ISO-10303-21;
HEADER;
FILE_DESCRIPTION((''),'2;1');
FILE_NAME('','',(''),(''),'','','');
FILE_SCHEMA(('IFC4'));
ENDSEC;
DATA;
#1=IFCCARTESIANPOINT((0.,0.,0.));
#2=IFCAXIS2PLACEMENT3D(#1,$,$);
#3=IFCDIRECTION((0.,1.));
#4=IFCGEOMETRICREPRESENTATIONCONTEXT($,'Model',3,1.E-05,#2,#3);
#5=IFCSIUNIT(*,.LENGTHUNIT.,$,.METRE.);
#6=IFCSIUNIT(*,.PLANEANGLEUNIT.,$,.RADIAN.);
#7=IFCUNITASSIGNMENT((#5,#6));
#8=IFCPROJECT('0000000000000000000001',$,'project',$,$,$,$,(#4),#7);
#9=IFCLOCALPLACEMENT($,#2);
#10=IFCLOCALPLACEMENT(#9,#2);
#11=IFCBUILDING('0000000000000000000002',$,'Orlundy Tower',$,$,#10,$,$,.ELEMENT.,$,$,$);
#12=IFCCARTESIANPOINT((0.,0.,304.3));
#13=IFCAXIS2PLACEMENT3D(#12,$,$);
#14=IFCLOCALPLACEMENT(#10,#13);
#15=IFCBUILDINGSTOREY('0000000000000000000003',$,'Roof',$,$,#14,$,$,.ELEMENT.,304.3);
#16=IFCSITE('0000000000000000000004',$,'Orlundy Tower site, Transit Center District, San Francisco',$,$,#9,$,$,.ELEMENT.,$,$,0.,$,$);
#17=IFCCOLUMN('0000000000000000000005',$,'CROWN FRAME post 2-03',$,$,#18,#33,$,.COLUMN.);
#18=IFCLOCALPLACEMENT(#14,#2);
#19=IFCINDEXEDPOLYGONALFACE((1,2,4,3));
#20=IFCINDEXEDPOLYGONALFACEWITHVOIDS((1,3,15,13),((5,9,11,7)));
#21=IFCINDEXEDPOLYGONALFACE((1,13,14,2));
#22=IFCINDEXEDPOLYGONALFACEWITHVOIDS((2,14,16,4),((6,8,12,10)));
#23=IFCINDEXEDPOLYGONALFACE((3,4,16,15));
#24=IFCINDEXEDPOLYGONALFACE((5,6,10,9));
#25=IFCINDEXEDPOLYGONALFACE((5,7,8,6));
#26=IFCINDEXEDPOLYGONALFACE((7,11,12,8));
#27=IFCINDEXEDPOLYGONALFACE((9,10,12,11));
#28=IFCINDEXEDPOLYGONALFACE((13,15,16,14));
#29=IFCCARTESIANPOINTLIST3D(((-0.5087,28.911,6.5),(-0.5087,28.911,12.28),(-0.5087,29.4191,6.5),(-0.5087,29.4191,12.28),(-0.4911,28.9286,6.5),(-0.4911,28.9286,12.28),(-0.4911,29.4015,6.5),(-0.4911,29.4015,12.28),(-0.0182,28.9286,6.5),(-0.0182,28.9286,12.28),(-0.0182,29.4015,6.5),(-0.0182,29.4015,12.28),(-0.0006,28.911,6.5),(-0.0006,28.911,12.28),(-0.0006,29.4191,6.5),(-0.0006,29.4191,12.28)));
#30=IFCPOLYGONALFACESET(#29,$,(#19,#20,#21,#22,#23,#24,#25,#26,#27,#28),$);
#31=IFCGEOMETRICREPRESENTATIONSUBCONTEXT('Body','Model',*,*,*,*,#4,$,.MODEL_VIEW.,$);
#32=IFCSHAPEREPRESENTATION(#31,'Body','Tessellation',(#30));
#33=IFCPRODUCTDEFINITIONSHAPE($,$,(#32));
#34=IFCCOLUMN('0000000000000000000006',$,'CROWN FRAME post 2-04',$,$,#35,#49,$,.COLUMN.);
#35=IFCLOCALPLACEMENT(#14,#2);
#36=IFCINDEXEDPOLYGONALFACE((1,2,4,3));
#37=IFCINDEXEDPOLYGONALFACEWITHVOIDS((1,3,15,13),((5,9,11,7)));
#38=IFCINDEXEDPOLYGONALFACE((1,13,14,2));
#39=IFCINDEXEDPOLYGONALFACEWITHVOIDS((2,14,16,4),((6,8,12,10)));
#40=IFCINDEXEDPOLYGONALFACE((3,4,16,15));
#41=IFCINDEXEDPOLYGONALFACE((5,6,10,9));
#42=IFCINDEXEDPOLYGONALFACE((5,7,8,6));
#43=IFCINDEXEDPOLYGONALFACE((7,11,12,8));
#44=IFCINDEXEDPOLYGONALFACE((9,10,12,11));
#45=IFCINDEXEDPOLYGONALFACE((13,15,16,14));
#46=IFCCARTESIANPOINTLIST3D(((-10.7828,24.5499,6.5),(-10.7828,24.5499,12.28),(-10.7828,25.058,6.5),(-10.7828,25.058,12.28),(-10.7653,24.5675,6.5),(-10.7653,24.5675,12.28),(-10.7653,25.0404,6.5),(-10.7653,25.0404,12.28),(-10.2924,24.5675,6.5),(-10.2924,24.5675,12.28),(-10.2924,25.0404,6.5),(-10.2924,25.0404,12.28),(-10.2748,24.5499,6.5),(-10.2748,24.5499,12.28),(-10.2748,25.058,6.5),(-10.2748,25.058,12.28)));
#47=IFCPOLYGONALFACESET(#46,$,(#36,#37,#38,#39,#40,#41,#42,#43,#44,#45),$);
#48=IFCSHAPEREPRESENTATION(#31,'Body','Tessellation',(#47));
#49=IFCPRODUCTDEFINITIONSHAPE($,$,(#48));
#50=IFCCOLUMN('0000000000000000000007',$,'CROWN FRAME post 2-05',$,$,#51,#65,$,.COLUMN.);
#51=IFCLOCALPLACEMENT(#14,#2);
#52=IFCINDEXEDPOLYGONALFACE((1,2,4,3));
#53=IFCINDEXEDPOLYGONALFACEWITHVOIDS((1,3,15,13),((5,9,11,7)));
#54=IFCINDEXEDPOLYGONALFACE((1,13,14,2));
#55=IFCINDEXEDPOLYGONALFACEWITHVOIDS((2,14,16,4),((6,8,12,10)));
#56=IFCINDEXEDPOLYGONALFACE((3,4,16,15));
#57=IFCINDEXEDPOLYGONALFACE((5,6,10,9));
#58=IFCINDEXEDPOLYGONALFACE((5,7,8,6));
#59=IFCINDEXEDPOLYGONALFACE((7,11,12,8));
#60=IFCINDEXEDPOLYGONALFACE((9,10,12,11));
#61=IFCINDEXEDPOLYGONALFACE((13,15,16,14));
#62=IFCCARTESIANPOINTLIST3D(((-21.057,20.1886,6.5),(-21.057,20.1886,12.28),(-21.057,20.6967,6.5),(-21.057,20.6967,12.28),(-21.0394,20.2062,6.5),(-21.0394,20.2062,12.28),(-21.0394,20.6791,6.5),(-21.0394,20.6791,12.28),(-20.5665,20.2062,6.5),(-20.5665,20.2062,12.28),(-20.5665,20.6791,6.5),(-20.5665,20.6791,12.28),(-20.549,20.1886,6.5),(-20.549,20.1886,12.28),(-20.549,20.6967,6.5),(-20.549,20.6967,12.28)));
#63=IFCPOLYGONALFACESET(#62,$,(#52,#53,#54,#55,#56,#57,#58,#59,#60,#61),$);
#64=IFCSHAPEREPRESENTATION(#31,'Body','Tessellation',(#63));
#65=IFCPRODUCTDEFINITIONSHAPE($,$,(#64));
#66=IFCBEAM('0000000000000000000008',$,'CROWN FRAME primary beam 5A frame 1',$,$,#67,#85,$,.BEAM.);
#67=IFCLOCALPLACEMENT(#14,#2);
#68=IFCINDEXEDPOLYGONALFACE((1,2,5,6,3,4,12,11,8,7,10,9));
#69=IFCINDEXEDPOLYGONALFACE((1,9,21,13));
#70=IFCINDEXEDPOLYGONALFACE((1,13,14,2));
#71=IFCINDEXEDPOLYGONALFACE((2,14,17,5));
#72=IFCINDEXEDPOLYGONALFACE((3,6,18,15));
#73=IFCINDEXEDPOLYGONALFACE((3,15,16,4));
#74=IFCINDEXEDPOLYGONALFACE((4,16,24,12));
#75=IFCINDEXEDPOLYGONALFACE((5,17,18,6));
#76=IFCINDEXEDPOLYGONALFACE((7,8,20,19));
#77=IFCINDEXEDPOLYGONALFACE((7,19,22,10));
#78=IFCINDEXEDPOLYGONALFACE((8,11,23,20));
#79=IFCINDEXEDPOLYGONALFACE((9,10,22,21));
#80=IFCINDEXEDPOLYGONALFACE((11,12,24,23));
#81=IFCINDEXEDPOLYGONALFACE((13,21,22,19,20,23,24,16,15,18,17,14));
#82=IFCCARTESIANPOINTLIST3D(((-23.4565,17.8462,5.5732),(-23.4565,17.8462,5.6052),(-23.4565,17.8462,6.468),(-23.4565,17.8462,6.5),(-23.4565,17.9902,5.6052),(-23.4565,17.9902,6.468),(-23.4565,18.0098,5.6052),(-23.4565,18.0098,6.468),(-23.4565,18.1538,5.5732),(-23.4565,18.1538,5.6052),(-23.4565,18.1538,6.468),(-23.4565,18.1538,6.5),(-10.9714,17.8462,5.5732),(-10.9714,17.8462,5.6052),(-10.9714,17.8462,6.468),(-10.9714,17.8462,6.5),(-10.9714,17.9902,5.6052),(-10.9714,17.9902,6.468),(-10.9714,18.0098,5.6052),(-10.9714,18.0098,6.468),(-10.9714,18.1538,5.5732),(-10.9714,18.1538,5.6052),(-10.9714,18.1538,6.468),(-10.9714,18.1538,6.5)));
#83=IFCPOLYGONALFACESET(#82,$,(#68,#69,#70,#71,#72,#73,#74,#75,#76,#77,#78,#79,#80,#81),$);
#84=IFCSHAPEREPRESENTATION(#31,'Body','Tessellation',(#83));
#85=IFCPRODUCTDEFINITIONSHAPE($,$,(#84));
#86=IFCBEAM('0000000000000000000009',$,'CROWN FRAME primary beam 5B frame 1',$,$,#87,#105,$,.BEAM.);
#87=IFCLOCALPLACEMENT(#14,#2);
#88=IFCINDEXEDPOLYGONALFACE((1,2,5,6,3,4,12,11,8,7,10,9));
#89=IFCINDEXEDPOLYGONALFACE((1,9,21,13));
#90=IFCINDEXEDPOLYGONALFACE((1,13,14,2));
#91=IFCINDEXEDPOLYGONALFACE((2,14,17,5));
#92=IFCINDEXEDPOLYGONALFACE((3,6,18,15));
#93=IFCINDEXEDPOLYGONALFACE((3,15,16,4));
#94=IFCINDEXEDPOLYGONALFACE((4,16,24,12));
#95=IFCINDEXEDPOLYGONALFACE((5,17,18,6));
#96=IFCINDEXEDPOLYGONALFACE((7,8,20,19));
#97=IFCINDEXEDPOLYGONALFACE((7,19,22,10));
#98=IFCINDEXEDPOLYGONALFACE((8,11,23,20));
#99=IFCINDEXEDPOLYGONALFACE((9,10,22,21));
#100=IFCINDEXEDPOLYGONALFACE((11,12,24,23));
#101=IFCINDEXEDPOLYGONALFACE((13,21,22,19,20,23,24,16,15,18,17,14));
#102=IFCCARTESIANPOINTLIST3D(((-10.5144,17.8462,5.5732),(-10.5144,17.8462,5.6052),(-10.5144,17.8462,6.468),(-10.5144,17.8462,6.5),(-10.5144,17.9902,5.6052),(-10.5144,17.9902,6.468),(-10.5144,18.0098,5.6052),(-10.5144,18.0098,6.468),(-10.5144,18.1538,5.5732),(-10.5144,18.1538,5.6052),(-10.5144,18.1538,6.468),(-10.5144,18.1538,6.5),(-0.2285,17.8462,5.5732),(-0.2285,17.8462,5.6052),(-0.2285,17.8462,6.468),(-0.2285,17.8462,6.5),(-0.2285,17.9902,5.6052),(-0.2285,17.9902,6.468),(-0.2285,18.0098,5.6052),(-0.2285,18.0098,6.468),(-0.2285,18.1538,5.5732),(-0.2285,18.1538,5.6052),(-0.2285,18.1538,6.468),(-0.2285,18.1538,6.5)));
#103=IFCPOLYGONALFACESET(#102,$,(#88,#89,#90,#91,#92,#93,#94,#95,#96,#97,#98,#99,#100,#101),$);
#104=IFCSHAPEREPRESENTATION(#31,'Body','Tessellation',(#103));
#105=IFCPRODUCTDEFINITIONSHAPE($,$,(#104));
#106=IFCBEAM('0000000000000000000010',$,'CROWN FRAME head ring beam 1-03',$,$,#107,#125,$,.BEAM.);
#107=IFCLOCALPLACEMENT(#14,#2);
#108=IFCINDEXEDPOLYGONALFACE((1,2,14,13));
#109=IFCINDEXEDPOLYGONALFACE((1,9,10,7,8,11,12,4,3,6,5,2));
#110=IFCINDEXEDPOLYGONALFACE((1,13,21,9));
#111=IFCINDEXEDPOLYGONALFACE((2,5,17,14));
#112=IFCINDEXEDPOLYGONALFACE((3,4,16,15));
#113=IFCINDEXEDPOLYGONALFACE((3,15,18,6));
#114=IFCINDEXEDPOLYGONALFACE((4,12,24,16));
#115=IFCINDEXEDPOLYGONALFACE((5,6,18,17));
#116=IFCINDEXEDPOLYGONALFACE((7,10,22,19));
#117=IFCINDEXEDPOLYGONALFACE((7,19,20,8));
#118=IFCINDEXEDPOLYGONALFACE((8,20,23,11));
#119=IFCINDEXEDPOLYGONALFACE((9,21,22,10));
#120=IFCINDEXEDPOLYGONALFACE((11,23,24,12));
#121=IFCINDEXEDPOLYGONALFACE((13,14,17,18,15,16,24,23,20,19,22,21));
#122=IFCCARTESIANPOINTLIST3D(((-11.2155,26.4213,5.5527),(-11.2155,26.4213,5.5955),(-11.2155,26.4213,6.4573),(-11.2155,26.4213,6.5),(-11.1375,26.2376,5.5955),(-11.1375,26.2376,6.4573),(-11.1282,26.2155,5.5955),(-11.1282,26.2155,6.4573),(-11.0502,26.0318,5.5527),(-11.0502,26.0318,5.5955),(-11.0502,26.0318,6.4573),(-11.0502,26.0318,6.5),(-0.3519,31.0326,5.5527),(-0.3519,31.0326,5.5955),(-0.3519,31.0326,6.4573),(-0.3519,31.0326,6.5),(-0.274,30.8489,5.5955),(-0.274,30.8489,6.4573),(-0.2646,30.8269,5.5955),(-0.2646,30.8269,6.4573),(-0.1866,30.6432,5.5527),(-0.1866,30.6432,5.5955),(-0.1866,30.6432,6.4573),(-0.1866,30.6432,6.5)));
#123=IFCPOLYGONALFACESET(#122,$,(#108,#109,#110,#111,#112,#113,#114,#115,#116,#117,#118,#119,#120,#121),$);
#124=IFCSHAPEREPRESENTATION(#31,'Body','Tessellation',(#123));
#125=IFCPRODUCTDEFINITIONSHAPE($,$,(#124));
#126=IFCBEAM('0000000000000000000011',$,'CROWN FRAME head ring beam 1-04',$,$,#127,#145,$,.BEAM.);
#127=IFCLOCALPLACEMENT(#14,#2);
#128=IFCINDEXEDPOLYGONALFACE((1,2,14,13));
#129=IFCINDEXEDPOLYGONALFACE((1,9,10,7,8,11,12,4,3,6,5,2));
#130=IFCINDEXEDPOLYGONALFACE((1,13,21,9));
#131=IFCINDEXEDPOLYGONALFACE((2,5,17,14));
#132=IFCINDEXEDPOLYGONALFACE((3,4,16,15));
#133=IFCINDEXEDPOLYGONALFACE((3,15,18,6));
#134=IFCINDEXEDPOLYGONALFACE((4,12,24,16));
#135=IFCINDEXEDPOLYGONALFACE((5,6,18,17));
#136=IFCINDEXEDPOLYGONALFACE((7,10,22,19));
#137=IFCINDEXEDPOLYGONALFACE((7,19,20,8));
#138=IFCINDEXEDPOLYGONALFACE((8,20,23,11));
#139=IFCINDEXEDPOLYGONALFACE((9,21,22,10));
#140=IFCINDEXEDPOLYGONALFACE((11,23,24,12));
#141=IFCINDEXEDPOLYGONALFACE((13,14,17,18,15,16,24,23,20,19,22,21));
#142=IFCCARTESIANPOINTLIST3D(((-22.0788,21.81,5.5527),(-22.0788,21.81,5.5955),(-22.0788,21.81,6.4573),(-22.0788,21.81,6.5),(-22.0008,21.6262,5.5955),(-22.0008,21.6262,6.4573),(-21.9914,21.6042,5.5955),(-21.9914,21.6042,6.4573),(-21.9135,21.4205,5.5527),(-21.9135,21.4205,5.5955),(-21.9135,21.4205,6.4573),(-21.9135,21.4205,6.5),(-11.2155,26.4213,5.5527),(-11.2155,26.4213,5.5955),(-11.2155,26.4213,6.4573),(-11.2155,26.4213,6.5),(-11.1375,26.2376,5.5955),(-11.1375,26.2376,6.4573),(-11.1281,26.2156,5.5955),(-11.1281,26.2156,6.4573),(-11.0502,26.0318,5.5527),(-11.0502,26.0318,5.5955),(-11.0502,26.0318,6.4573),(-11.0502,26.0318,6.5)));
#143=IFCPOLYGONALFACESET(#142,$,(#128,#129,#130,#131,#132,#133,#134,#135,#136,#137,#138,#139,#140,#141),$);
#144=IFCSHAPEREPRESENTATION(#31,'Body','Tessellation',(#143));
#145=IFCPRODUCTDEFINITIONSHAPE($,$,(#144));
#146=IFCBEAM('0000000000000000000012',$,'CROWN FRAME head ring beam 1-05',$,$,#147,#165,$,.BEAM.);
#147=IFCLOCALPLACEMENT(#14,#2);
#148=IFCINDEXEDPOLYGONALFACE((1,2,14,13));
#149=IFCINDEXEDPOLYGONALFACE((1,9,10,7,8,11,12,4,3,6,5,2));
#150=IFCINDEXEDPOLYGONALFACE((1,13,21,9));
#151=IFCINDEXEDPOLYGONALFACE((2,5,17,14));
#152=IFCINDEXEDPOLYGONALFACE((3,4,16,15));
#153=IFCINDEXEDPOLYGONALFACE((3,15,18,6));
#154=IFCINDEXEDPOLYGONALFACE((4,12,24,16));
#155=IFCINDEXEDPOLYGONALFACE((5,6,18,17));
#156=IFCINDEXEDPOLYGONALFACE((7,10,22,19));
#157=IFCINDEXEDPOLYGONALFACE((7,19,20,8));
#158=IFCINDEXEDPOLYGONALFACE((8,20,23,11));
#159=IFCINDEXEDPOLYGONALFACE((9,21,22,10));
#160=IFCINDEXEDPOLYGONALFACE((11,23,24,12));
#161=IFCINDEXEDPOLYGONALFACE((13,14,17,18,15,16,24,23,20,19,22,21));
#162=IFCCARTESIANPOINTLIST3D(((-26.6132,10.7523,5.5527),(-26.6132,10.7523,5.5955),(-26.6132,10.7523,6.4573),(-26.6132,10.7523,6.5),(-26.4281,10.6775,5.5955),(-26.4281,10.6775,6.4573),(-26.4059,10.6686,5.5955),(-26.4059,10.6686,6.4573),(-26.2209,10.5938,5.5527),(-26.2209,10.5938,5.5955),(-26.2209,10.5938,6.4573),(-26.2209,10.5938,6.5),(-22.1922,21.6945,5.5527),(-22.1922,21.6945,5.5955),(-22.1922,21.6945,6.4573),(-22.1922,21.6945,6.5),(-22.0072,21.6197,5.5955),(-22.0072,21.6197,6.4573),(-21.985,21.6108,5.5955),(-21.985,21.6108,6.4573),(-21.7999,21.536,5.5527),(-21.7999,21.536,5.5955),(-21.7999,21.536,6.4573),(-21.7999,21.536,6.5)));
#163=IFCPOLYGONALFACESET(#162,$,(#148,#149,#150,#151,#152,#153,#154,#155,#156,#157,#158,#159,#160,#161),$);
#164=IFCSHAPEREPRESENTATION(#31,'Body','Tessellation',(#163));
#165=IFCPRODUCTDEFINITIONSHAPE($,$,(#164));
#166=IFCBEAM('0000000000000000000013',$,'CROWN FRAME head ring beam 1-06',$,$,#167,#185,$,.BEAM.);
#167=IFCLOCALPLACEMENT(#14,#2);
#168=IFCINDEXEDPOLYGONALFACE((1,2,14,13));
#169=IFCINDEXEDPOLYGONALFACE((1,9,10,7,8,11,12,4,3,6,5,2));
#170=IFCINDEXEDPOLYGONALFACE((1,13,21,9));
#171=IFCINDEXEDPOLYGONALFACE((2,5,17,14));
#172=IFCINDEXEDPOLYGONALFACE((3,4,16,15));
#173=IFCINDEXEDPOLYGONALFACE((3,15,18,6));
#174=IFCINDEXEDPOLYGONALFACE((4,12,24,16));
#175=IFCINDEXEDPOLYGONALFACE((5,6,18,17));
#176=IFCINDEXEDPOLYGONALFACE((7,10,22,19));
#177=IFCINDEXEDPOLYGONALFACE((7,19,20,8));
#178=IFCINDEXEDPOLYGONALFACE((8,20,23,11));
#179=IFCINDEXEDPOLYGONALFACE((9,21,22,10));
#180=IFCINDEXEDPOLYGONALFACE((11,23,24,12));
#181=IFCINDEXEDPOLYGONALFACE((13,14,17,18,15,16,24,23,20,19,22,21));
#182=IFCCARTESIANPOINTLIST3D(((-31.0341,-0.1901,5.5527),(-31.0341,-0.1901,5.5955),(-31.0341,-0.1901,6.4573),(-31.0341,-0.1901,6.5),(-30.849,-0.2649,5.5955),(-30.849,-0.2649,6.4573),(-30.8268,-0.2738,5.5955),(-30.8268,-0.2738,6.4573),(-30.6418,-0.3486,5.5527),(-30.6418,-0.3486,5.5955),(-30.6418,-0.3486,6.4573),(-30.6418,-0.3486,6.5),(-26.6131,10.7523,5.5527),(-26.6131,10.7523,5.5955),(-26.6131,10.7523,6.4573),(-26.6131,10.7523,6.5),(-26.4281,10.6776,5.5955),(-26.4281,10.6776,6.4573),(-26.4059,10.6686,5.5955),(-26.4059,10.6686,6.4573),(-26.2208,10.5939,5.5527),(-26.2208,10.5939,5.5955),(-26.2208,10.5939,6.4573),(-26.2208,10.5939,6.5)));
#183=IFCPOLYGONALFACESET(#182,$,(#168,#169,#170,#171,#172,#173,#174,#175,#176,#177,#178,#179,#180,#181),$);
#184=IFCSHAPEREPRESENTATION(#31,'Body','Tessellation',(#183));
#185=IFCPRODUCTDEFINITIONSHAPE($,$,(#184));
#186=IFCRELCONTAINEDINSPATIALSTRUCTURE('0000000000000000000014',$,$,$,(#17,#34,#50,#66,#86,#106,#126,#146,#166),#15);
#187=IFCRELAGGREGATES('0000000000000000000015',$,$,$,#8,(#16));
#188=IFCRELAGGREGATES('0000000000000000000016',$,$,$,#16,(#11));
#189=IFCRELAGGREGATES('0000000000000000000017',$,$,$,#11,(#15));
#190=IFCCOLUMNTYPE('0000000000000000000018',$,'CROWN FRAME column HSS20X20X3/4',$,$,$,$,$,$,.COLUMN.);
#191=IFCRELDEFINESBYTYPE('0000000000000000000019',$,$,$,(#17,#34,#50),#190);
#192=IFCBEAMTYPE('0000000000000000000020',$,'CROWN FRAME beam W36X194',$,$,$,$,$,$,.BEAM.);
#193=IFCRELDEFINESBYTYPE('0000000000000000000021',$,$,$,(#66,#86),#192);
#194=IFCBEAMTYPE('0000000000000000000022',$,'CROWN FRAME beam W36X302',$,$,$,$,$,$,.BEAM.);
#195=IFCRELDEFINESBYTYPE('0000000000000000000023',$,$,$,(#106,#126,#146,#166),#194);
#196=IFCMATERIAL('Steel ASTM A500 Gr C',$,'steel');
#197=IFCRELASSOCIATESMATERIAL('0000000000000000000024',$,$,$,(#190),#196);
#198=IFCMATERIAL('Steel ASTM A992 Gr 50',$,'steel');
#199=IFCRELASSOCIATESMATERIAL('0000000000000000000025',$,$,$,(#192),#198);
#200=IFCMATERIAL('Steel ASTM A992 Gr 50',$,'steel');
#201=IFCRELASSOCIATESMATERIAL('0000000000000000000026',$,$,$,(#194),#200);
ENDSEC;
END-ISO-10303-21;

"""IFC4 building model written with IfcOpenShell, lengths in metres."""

from ifc_helpers import new_model, si_unit, direction, frame, origin, origin_2d, place, context, subcontext, project, spatial, hollow_rectangle, i_section, extrude, material, material_profile, profile_set, type_object, element, save


model = new_model("IFC4")

# Units and contexts
model_context = context("Model", 3, precision=1e-05, world=origin(), true_north=direction((0.0, 1.0)))
body_context = subcontext(model_context, "Body", "Model", "MODEL_VIEW")
ifc_project = project(units=[si_unit("LENGTHUNIT", "METRE"), si_unit("PLANEANGLEUNIT", "RADIAN")], contexts=[model_context])

# Site, building, storey
site_placement = place(None, origin())
site = spatial("IfcSite", under=ifc_project, at=site_placement, Name="Orlundy Tower site, Transit Center District, San Francisco", CompositionType="ELEMENT", RefElevation=0.0)
building_placement = place(site_placement, origin())
building = spatial("IfcBuilding", under=site, at=building_placement, Name="Orlundy Tower", CompositionType="ELEMENT")
storey_placement = place(building_placement, frame((0.0, 0.0, 304.3)))
storey = spatial("IfcBuildingStorey", under=building, at=storey_placement, Name="Roof", CompositionType="ELEMENT", Elevation=304.3)

# Columns
ifc_material_1 = material(Name="Steel ASTM A500 Gr C", Category="steel")
ifc_material_profile_1 = material_profile(ifc_material_1, hollow_rectangle(XDim=0.5081, YDim=0.5081, WallThickness=0.0176, at=origin_2d()), Name="HSS20X20X3/4")
ifc_profile_set_1 = profile_set([ifc_material_profile_1], Name="Steel ASTM A500 Gr C")
column_type = type_object("IfcColumnType", Name="CROWN FRAME column HSS20X20X3/4", PredefinedType="COLUMN", material=ifc_profile_set_1)
for number, where, z_axis, x_axis, name in (
    (1, (-0.2546, 29.165, 6.5), (0.0, 0.0, 1.0), (1.0, 0.0, 0.0), "CROWN FRAME post 2-03"),
    (2, (-10.5288, 24.804, 6.5), (0.0, 0.0, 1.0), (1.0, 0.0, 0.0), "CROWN FRAME post 2-04"),
    (3, (-20.803, 20.4426, 6.5), (0.0, 0.0, 1.0), (1.0, 0.0, 0.0), "CROWN FRAME post 2-05"),
):
    element("IfcColumn", number, at=place(storey_placement, frame(where, z_axis=z_axis, x_axis=x_axis)), inside=storey, type_object=column_type, Name=name, PredefinedType="COLUMN", context=body_context, shape_type="SweptSolid", body=[
        extrude(hollow_rectangle(XDim=0.5081, YDim=0.5081, WallThickness=0.0176, at=origin_2d()), origin(), (0.0, 0.0, 1.0), 5.78),
    ])

# Beams
ifc_material_2 = material(Name="Steel ASTM A992 Gr 50", Category="steel")
ifc_material_profile_2 = material_profile(ifc_material_2, i_section(OverallWidth=0.3076, OverallDepth=0.9268, WebThickness=0.0195, FlangeThickness=0.032, at=origin_2d()), Name="W36X194")
ifc_profile_set_2 = profile_set([ifc_material_profile_2], Name="Steel ASTM A992 Gr 50")
beam_type_1 = type_object("IfcBeamType", Name="CROWN FRAME beam W36X194", PredefinedType="BEAM", material=ifc_profile_set_2)
beam_1_placement = place(storey_placement, frame((-23.4565, 18.0, 6.0366), z_axis=(1.0, 0.0, 0.0), x_axis=(0.0, 1.0, 0.0)))
element("IfcBeam", 4, at=beam_1_placement, inside=storey, type_object=beam_type_1, Name="CROWN FRAME primary beam 5A frame 1", PredefinedType="BEAM", context=body_context, shape_type="SweptSolid", body=[
    extrude(i_section(OverallWidth=0.3076, OverallDepth=0.9268, WebThickness=0.0195, FlangeThickness=0.032, at=origin_2d()), origin(), (0.0, 0.0, 1.0), 12.4851),
])
beam_2_placement = place(storey_placement, frame((-10.5144, 18.0, 6.0366), z_axis=(1.0, 0.0, 0.0), x_axis=(0.0, 1.0, 0.0)))
element("IfcBeam", 5, at=beam_2_placement, inside=storey, type_object=beam_type_1, Name="CROWN FRAME primary beam 5B frame 1", PredefinedType="BEAM", context=body_context, shape_type="SweptSolid", body=[
    extrude(i_section(OverallWidth=0.3076, OverallDepth=0.9268, WebThickness=0.0195, FlangeThickness=0.032, at=origin_2d()), origin(), (0.0, 0.0, 1.0), 10.2859),
])
ifc_material_3 = material(Name="Steel ASTM A992 Gr 50", Category="steel")
ifc_material_profile_3 = material_profile(ifc_material_3, i_section(OverallWidth=0.4231, OverallDepth=0.9473, WebThickness=0.0239, FlangeThickness=0.0427, at=origin_2d()), Name="W36X302")
ifc_profile_set_3 = profile_set([ifc_material_profile_3], Name="Steel ASTM A992 Gr 50")
beam_type_2 = type_object("IfcBeamType", Name="CROWN FRAME beam W36X302", PredefinedType="BEAM", material=ifc_profile_set_3)
beam_3_placement = place(storey_placement, frame((-0.2693, 30.8379, 6.0264), z_axis=(-0.920504, -0.390734, 0.0), x_axis=(0.390734, -0.920504, 0.0)))
element("IfcBeam", 6, at=beam_3_placement, inside=storey, type_object=beam_type_2, Name="CROWN FRAME head ring beam 1-03", PredefinedType="BEAM", context=body_context, shape_type="SweptSolid", body=[
    extrude(i_section(OverallWidth=0.4231, OverallDepth=0.9473, WebThickness=0.0239, FlangeThickness=0.0427, at=origin_2d()), origin(), (0.0, 0.0, 1.0), 11.8018),
])
for number, where, z_axis, x_axis, name in (
    (7, (-11.1328, 26.2266, 6.0264), (-0.920501, -0.390741, 0.0), (0.390741, -0.920501, 0.0), "CROWN FRAME head ring beam 1-04"),
    (8, (-21.9961, 21.6152, 6.0264), (-0.374606, -0.927184, 0.0), (0.927184, -0.374606, 0.0), "CROWN FRAME head ring beam 1-05"),
):
    element("IfcBeam", number, at=place(storey_placement, frame(where, z_axis=z_axis, x_axis=x_axis)), inside=storey, type_object=beam_type_2, Name=name, PredefinedType="BEAM", context=body_context, shape_type="SweptSolid", body=[
        extrude(i_section(OverallWidth=0.4231, OverallDepth=0.9473, WebThickness=0.0239, FlangeThickness=0.0427, at=origin_2d()), origin(), (0.0, 0.0, 1.0), 11.8015),
    ])
beam_4_placement = place(storey_placement, frame((-26.417, 10.6731, 6.0264), z_axis=(-0.374598, -0.927187, 0.0), x_axis=(0.927187, -0.374598, 0.0)))
element("IfcBeam", 9, at=beam_4_placement, inside=storey, type_object=beam_type_2, Name="CROWN FRAME head ring beam 1-06", PredefinedType="BEAM", context=body_context, shape_type="SweptSolid", body=[
    extrude(i_section(OverallWidth=0.4231, OverallDepth=0.9473, WebThickness=0.0239, FlangeThickness=0.0427, at=origin_2d()), origin(), (0.0, 0.0, 1.0), 11.8018),
])

save(model, "model.ifc")
